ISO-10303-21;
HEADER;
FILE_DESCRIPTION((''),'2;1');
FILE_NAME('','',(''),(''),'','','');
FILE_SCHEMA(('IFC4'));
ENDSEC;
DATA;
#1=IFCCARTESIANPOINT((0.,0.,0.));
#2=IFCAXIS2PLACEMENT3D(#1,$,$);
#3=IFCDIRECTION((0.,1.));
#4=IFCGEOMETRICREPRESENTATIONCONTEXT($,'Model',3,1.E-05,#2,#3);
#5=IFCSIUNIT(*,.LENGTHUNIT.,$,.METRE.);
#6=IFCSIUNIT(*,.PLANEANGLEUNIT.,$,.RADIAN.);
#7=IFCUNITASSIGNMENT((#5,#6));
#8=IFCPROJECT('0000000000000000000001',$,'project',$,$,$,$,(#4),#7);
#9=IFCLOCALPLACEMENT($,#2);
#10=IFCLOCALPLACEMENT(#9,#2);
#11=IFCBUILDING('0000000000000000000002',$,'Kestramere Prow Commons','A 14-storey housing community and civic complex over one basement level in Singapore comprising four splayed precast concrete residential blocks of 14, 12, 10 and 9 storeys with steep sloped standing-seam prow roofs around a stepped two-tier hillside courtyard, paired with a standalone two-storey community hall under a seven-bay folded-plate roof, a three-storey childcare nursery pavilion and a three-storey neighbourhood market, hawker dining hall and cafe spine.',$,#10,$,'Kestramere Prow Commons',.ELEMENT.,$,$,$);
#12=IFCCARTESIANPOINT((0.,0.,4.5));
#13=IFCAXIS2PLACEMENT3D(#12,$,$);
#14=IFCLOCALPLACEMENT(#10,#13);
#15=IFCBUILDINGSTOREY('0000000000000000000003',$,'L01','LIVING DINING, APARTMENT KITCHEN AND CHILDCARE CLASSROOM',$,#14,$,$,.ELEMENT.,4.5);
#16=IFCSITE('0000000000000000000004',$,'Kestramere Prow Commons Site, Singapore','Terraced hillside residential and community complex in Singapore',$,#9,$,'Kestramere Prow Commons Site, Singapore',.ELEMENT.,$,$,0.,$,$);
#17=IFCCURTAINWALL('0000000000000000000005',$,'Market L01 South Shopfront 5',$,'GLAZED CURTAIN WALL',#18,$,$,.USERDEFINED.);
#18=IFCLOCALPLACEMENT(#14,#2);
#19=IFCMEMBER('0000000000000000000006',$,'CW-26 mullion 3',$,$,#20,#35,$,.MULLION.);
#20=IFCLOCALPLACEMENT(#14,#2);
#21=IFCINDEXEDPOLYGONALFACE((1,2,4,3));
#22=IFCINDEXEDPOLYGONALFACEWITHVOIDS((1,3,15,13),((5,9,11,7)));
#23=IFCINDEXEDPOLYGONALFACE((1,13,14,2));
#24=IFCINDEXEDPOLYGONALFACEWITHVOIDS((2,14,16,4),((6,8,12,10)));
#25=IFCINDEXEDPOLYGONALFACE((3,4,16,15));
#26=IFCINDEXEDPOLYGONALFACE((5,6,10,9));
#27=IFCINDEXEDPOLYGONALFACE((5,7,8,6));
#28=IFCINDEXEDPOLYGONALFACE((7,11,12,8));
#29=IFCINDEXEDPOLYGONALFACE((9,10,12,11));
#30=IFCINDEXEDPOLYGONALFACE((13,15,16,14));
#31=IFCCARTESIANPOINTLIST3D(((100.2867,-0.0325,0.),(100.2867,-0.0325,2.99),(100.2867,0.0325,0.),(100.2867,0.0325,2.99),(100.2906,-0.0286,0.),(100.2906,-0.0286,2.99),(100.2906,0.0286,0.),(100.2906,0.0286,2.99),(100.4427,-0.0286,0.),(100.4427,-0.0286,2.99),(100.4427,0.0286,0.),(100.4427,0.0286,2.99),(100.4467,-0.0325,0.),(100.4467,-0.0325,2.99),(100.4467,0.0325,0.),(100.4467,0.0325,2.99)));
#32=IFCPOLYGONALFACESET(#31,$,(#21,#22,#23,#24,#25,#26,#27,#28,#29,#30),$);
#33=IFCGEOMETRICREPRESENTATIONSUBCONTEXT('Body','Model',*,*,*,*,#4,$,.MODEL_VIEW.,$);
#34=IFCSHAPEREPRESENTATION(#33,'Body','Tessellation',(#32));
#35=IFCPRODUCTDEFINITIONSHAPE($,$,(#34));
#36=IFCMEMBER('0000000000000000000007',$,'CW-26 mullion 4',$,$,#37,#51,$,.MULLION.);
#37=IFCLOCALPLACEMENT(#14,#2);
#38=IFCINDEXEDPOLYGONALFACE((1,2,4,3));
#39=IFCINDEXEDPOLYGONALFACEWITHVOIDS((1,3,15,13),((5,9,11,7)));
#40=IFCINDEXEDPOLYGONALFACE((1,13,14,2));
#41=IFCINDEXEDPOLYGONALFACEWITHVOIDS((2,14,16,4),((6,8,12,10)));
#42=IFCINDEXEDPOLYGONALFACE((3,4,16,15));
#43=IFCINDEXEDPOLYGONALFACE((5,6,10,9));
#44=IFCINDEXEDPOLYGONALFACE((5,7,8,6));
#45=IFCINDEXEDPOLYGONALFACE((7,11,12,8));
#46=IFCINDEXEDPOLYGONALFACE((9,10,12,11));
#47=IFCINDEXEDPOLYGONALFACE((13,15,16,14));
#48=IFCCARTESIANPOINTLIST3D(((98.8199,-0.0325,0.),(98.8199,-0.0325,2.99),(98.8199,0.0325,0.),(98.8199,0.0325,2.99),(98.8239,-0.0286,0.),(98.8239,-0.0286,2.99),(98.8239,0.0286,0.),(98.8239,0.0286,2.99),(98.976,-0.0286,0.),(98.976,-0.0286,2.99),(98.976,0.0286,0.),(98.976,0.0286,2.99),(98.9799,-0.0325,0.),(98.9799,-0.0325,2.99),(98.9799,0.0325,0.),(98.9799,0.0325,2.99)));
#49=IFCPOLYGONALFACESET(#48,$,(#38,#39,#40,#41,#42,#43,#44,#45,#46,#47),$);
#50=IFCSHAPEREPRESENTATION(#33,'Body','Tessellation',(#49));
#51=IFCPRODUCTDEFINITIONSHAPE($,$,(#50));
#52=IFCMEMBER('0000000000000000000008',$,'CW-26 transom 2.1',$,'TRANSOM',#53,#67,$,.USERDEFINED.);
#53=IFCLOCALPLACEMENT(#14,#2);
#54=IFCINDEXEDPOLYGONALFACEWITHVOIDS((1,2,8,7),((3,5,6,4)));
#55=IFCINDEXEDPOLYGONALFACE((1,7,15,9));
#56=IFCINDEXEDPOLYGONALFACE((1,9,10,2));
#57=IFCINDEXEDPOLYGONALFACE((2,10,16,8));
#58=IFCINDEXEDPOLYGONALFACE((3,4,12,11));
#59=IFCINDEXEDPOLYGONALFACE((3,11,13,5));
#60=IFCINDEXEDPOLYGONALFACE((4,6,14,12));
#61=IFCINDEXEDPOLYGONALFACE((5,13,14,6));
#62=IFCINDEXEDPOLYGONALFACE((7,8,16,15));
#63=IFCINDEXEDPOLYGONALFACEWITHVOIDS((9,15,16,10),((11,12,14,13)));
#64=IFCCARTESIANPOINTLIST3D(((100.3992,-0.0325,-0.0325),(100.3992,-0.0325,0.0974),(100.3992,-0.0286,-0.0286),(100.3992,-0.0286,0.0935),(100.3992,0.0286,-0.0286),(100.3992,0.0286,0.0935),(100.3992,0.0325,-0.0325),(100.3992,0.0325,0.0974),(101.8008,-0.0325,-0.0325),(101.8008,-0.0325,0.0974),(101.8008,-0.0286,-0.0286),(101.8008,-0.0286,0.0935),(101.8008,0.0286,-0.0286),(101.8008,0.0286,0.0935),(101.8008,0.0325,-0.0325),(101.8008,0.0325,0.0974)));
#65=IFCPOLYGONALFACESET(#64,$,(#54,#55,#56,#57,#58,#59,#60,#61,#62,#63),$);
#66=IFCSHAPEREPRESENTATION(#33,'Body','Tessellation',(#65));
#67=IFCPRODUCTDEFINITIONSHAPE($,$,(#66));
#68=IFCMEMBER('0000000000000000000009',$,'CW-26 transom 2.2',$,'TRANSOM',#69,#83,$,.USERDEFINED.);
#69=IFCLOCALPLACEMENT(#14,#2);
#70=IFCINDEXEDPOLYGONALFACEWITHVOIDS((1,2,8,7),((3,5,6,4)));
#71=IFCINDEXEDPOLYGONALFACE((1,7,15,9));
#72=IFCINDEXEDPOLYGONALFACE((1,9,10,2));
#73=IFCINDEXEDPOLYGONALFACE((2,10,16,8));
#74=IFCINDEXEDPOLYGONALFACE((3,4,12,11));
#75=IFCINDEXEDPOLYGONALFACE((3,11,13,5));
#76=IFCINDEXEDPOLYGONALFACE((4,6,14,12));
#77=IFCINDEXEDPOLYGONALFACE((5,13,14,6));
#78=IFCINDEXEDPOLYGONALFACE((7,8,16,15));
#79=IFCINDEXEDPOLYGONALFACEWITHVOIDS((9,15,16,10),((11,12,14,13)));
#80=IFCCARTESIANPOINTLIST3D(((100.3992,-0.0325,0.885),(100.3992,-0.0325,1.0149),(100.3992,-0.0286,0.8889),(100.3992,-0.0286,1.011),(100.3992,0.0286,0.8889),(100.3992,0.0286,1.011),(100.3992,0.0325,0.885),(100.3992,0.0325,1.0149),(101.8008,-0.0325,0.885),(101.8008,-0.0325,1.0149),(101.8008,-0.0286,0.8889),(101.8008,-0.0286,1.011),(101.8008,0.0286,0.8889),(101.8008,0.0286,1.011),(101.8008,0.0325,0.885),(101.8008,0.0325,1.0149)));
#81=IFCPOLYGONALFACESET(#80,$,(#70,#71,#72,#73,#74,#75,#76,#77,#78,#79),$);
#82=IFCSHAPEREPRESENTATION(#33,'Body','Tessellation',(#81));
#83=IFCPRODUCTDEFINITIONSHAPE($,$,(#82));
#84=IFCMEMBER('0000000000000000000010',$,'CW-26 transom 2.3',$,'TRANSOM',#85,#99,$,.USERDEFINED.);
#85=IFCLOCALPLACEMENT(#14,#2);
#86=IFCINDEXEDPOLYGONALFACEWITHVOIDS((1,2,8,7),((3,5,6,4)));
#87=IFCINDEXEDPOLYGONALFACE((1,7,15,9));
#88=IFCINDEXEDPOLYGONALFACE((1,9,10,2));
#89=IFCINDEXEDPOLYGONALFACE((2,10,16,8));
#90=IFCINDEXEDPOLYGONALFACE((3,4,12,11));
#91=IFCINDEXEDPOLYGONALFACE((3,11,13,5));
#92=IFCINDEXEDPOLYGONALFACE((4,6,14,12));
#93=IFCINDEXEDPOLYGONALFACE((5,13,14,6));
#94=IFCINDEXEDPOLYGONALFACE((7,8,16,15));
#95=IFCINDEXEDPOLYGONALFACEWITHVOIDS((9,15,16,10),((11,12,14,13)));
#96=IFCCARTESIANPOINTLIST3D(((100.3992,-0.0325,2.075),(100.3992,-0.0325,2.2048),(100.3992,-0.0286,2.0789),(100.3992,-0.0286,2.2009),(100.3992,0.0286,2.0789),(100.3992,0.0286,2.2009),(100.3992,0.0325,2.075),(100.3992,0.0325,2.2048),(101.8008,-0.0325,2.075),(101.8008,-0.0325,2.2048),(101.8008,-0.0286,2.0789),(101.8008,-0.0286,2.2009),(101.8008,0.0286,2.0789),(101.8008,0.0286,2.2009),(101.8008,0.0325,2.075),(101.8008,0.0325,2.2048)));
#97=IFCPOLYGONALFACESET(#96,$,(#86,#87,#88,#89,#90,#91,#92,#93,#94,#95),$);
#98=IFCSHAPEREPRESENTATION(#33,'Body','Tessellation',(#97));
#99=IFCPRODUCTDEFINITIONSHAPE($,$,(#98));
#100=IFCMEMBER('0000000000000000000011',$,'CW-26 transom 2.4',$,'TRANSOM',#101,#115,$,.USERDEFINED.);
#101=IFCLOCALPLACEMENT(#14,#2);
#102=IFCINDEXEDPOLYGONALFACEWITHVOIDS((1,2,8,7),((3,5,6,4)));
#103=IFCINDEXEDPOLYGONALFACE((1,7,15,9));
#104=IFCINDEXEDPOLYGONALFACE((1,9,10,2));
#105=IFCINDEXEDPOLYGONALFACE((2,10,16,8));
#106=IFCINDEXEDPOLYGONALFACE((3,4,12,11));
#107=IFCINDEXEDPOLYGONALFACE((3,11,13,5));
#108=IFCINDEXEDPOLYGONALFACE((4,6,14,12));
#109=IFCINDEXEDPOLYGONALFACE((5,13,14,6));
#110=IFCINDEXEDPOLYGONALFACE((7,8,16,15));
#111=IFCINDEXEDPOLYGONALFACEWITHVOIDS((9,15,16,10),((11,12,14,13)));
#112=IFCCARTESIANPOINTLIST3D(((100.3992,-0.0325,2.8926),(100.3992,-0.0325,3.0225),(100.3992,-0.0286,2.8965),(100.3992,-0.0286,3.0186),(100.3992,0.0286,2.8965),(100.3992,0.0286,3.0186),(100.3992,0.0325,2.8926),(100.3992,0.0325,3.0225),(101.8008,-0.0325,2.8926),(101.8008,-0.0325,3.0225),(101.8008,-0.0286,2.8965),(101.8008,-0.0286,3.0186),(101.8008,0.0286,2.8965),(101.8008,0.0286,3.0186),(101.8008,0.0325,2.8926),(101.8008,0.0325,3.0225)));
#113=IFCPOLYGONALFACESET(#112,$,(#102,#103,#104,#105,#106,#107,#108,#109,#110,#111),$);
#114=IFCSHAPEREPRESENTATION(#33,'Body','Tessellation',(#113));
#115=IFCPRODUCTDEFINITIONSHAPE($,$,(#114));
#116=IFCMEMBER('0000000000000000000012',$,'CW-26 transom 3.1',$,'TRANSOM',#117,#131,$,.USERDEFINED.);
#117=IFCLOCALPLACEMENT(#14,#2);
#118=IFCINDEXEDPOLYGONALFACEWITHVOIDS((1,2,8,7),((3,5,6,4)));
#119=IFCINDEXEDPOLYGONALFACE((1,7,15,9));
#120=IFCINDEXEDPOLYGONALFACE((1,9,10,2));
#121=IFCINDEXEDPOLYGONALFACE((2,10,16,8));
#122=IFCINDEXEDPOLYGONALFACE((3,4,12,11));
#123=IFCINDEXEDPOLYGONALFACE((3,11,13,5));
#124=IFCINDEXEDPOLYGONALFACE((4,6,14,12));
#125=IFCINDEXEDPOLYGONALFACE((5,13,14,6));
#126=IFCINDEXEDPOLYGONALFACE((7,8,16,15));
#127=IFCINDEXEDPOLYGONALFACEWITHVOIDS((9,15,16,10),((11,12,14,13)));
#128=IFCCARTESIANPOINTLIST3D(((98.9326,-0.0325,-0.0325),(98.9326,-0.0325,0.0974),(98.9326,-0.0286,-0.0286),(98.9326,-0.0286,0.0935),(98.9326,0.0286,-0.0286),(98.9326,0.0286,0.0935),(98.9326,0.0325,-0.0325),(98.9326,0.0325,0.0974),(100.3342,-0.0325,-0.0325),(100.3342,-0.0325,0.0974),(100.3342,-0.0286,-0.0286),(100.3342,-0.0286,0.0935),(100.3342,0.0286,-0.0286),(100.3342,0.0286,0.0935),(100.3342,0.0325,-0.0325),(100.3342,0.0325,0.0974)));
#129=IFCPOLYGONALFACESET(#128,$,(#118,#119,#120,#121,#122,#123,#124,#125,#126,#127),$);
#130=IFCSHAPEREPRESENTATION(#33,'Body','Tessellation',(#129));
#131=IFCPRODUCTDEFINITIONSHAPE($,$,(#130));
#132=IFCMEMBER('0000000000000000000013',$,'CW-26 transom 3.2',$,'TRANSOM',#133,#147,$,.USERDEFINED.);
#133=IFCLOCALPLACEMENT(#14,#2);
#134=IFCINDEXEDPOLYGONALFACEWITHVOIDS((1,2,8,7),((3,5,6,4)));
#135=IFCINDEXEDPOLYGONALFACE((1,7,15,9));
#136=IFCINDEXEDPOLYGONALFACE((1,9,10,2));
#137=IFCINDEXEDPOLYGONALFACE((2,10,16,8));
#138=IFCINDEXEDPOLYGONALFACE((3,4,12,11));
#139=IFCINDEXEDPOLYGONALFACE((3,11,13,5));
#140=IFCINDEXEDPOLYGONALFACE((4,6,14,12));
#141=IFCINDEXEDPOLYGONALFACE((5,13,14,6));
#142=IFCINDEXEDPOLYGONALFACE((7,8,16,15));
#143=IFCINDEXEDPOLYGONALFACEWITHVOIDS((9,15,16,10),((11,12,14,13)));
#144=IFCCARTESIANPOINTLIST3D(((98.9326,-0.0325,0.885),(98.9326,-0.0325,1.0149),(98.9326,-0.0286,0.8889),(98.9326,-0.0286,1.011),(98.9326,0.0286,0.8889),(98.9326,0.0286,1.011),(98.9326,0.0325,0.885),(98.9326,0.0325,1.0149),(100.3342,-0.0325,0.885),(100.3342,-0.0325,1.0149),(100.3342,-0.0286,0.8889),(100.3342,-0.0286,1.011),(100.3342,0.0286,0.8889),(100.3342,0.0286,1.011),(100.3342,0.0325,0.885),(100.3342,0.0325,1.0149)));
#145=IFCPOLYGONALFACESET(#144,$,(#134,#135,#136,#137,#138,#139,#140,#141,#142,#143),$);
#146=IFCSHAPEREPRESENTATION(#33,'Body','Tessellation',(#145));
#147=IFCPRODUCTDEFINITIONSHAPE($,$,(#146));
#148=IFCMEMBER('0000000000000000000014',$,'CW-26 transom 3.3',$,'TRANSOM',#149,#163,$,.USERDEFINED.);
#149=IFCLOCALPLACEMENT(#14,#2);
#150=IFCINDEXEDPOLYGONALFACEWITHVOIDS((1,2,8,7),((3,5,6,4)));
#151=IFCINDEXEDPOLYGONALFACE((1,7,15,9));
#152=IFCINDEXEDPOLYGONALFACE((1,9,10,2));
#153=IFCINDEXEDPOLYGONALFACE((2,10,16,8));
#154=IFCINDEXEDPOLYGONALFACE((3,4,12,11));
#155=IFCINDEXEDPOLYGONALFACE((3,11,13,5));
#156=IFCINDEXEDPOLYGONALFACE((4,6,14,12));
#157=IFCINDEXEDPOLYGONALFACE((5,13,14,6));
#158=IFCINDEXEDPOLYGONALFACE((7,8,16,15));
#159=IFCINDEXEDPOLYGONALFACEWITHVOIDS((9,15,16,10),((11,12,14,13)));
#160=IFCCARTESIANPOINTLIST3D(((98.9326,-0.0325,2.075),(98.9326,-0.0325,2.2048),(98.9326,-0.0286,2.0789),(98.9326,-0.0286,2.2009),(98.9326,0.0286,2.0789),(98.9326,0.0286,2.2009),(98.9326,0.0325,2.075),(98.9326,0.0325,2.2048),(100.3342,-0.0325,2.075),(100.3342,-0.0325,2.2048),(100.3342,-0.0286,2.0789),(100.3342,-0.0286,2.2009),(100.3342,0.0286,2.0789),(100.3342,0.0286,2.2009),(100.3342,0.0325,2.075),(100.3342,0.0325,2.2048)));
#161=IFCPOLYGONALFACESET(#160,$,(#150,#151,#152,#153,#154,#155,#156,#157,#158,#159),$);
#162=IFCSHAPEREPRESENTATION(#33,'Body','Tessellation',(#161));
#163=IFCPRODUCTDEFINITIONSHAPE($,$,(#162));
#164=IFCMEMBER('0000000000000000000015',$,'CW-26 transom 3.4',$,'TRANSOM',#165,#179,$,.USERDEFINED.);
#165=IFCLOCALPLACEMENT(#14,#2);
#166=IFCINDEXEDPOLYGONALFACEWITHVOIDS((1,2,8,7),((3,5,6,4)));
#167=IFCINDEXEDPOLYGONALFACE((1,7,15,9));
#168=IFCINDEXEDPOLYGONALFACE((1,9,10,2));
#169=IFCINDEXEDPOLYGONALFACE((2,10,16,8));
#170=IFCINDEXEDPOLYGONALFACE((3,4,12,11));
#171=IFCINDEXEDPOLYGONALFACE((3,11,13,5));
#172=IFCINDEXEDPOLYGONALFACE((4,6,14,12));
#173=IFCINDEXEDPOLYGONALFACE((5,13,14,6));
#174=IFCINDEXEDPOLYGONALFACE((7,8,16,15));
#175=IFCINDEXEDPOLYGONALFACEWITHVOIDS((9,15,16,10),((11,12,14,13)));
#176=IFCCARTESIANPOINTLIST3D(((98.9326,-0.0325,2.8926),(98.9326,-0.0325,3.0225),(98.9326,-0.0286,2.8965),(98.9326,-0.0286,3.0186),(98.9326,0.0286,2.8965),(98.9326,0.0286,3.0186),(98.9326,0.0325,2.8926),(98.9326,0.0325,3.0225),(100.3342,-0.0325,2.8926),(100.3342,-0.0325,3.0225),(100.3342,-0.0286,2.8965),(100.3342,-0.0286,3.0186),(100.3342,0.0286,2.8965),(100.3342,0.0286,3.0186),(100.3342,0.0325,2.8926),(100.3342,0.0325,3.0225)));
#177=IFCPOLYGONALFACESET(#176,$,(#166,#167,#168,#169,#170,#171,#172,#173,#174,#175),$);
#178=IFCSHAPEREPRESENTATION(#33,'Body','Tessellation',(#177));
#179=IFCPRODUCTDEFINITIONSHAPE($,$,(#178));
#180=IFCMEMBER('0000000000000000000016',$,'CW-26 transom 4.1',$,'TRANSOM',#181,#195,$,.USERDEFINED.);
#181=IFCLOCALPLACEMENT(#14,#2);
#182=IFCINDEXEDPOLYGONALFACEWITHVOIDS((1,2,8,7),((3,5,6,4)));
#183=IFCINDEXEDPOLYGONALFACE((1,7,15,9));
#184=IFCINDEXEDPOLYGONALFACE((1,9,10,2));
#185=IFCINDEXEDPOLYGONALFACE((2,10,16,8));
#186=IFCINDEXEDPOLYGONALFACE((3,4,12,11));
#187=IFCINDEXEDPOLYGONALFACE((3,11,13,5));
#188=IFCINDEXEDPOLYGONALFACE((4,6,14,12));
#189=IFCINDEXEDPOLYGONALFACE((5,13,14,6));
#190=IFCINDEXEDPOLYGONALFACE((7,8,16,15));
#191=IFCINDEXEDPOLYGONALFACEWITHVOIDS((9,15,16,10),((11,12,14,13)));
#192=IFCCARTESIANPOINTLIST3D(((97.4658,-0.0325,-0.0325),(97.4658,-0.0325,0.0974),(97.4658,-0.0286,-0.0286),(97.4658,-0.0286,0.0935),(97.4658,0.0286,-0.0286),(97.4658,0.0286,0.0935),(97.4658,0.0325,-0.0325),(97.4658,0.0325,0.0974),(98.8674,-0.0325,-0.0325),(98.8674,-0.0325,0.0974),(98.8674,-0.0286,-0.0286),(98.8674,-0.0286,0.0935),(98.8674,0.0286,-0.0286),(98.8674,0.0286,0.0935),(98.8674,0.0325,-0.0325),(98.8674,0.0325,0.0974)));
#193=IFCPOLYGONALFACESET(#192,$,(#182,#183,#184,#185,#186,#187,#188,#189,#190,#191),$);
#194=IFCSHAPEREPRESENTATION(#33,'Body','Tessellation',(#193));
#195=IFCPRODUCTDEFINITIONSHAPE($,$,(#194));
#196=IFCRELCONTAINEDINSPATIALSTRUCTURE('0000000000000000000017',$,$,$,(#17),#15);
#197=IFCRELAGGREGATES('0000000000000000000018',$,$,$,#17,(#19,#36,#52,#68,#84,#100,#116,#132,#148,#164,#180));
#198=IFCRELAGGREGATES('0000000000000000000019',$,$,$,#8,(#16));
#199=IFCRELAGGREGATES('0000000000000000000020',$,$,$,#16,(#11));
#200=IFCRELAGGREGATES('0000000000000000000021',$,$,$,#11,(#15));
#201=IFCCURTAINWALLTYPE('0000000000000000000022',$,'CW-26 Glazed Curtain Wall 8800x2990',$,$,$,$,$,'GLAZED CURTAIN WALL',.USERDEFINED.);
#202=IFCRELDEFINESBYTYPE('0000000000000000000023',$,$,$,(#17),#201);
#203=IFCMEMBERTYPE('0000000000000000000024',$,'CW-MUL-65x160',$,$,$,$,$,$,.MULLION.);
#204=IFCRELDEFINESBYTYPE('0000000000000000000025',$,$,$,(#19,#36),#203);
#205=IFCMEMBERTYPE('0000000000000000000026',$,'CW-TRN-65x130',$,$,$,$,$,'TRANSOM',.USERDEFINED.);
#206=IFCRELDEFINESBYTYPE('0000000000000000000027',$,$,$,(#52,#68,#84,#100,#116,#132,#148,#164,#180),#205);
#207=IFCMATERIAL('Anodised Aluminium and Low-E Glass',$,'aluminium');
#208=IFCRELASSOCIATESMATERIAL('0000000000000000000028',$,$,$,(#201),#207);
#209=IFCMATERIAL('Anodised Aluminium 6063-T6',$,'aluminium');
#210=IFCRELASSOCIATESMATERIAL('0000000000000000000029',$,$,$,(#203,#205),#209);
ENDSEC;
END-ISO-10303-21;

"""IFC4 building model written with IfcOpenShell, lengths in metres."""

from ifc_helpers import new_model, si_unit, direction, frame, origin, origin_2d, place, context, subcontext, project, spatial, hollow_rectangle, extrude, material, material_profile, profile_set, type_object, element, aggregate, save


model = new_model("IFC4")

# Units and contexts
model_context = context("Model", 3, precision=1e-05, world=origin(), true_north=direction((0.0, 1.0)))
body_context = subcontext(model_context, "Body", "Model", "MODEL_VIEW")
ifc_project = project(units=[si_unit("LENGTHUNIT", "METRE"), si_unit("PLANEANGLEUNIT", "RADIAN")], contexts=[model_context])

# Site, building, storey
site_placement = place(None, origin())
site = spatial("IfcSite", under=ifc_project, at=site_placement, Name="Kestramere Prow Commons Site, Singapore", Description="Terraced hillside residential and community complex in Singapore", LongName="Kestramere Prow Commons Site, Singapore", CompositionType="ELEMENT", RefElevation=0.0)
building_placement = place(site_placement, origin())
building = spatial("IfcBuilding", under=site, at=building_placement, Name="Kestramere Prow Commons", Description="A 14-storey housing community and civic complex over one basement level in Singapore comprising four splayed precast concrete residential blocks of 14, 12, 10 and 9 storeys with steep sloped standing-seam prow roofs around a stepped two-tier hillside courtyard, paired with a standalone two-storey community hall under a seven-bay folded-plate roof, a three-storey childcare nursery pavilion and a three-storey neighbourhood market, hawker dining hall and cafe spine.", LongName="Kestramere Prow Commons", CompositionType="ELEMENT")
storey_placement = place(building_placement, frame((0.0, 0.0, 4.5)))
storey = spatial("IfcBuildingStorey", under=building, at=storey_placement, Name="L01", Description="LIVING DINING, APARTMENT KITCHEN AND CHILDCARE CLASSROOM", CompositionType="ELEMENT", Elevation=4.5)

# Curtain wall, members
ifc_material_1 = material(Name="Anodised Aluminium and Low-E Glass", Category="aluminium")
curtain_wall_type = type_object("IfcCurtainWallType", Name="CW-26 Glazed Curtain Wall 8800x2990", ElementType="GLAZED CURTAIN WALL", PredefinedType="USERDEFINED", material=ifc_material_1)
curtain_wall_placement = place(storey_placement, origin())
curtain_wall = element("IfcCurtainWall", 1, at=curtain_wall_placement, inside=storey, type_object=curtain_wall_type, Name="Market L01 South Shopfront 5", ObjectType="GLAZED CURTAIN WALL", PredefinedType="USERDEFINED")
ifc_material_2 = material(Name="Anodised Aluminium 6063-T6", Category="aluminium")
ifc_material_profile_1 = material_profile(ifc_material_2, hollow_rectangle(XDim=0.0649, YDim=0.1599, WallThickness=0.0039, at=origin_2d()), Name="ALU-MUL 65x160")
ifc_profile_set_1 = profile_set([ifc_material_profile_1], Name="Anodised Aluminium 6063-T6")
member_type_1 = type_object("IfcMemberType", Name="CW-MUL-65x160", PredefinedType="MULLION", material=ifc_profile_set_1)
member_1_placement = place(storey_placement, frame((100.3667, 0.0, 0.0), z_axis=(0.0, 0.0, 1.0), x_axis=(0.0, -1.0, 0.0)))
member_1 = element("IfcMember", 2, at=member_1_placement, type_object=member_type_1, Name="CW-26 mullion 3", PredefinedType="MULLION", context=body_context, shape_type="SweptSolid", body=[
    extrude(hollow_rectangle(XDim=0.0649, YDim=0.1599, WallThickness=0.0039, at=origin_2d()), origin(), (0.0, 0.0, 1.0), 2.99),
])
member_2_placement = place(storey_placement, frame((98.8999, 0.0, 0.0), z_axis=(0.0, 0.0, 1.0), x_axis=(0.0, -1.0, 0.0)))
member_2 = element("IfcMember", 3, at=member_2_placement, type_object=member_type_1, Name="CW-26 mullion 4", PredefinedType="MULLION", context=body_context, shape_type="SweptSolid", body=[
    extrude(hollow_rectangle(XDim=0.0649, YDim=0.1599, WallThickness=0.0039, at=origin_2d()), origin(), (0.0, 0.0, 1.0), 2.99),
])
ifc_material_profile_2 = material_profile(ifc_material_2, hollow_rectangle(XDim=0.0649, YDim=0.1299, WallThickness=0.0039, at=origin_2d()), Name="ALU-TRN 65x130")
ifc_profile_set_2 = profile_set([ifc_material_profile_2], Name="Anodised Aluminium 6063-T6")
member_type_2 = type_object("IfcMemberType", Name="CW-TRN-65x130", ElementType="TRANSOM", PredefinedType="USERDEFINED", material=ifc_profile_set_2)
member_3_placement = place(storey_placement, frame((101.8008, 0.0, 0.0325), z_axis=(-1.0, 0.0, 0.0), x_axis=(0.0, -1.0, 0.0)))
member_3 = element("IfcMember", 4, at=member_3_placement, type_object=member_type_2, Name="CW-26 transom 2.1", ObjectType="TRANSOM", PredefinedType="USERDEFINED", context=body_context, shape_type="SweptSolid", body=[
    extrude(hollow_rectangle(XDim=0.0649, YDim=0.1299, WallThickness=0.0039, at=origin_2d()), origin(), (0.0, 0.0, 1.0), 1.4016),
])
member_4_placement = place(storey_placement, frame((101.8008, 0.0, 0.95), z_axis=(-1.0, 0.0, 0.0), x_axis=(0.0, -1.0, 0.0)))
member_4 = element("IfcMember", 5, at=member_4_placement, type_object=member_type_2, Name="CW-26 transom 2.2", ObjectType="TRANSOM", PredefinedType="USERDEFINED", context=body_context, shape_type="SweptSolid", body=[
    extrude(hollow_rectangle(XDim=0.0649, YDim=0.1299, WallThickness=0.0039, at=origin_2d()), origin(), (0.0, 0.0, 1.0), 1.4016),
])
member_5_placement = place(storey_placement, frame((101.8008, 0.0, 2.1399), z_axis=(-1.0, 0.0, 0.0), x_axis=(0.0, -1.0, 0.0)))
member_5 = element("IfcMember", 6, at=member_5_placement, type_object=member_type_2, Name="CW-26 transom 2.3", ObjectType="TRANSOM", PredefinedType="USERDEFINED", context=body_context, shape_type="SweptSolid", body=[
    extrude(hollow_rectangle(XDim=0.0649, YDim=0.1299, WallThickness=0.0039, at=origin_2d()), origin(), (0.0, 0.0, 1.0), 1.4016),
])
member_6_placement = place(storey_placement, frame((101.8008, 0.0, 2.9575), z_axis=(-1.0, 0.0, 0.0), x_axis=(0.0, -1.0, 0.0)))
member_6 = element("IfcMember", 7, at=member_6_placement, type_object=member_type_2, Name="CW-26 transom 2.4", ObjectType="TRANSOM", PredefinedType="USERDEFINED", context=body_context, shape_type="SweptSolid", body=[
    extrude(hollow_rectangle(XDim=0.0649, YDim=0.1299, WallThickness=0.0039, at=origin_2d()), origin(), (0.0, 0.0, 1.0), 1.4016),
])
member_7_placement = place(storey_placement, frame((100.3342, 0.0, 0.0325), z_axis=(-1.0, 0.0, 0.0), x_axis=(0.0, -1.0, 0.0)))
member_7 = element("IfcMember", 8, at=member_7_placement, type_object=member_type_2, Name="CW-26 transom 3.1", ObjectType="TRANSOM", PredefinedType="USERDEFINED", context=body_context, shape_type="SweptSolid", body=[
    extrude(hollow_rectangle(XDim=0.0649, YDim=0.1299, WallThickness=0.0039, at=origin_2d()), origin(), (0.0, 0.0, 1.0), 1.4016),
])
member_8_placement = place(storey_placement, frame((100.3342, 0.0, 0.95), z_axis=(-1.0, 0.0, 0.0), x_axis=(0.0, -1.0, 0.0)))
member_8 = element("IfcMember", 9, at=member_8_placement, type_object=member_type_2, Name="CW-26 transom 3.2", ObjectType="TRANSOM", PredefinedType="USERDEFINED", context=body_context, shape_type="SweptSolid", body=[
    extrude(hollow_rectangle(XDim=0.0649, YDim=0.1299, WallThickness=0.0039, at=origin_2d()), origin(), (0.0, 0.0, 1.0), 1.4016),
])
member_9_placement = place(storey_placement, frame((100.3342, 0.0, 2.1399), z_axis=(-1.0, 0.0, 0.0), x_axis=(0.0, -1.0, 0.0)))
member_9 = element("IfcMember", 10, at=member_9_placement, type_object=member_type_2, Name="CW-26 transom 3.3", ObjectType="TRANSOM", PredefinedType="USERDEFINED", context=body_context, shape_type="SweptSolid", body=[
    extrude(hollow_rectangle(XDim=0.0649, YDim=0.1299, WallThickness=0.0039, at=origin_2d()), origin(), (0.0, 0.0, 1.0), 1.4016),
])
member_10_placement = place(storey_placement, frame((100.3342, 0.0, 2.9575), z_axis=(-1.0, 0.0, 0.0), x_axis=(0.0, -1.0, 0.0)))
member_10 = element("IfcMember", 11, at=member_10_placement, type_object=member_type_2, Name="CW-26 transom 3.4", ObjectType="TRANSOM", PredefinedType="USERDEFINED", context=body_context, shape_type="SweptSolid", body=[
    extrude(hollow_rectangle(XDim=0.0649, YDim=0.1299, WallThickness=0.0039, at=origin_2d()), origin(), (0.0, 0.0, 1.0), 1.4016),
])
member_11_placement = place(storey_placement, frame((98.8674, 0.0, 0.0325), z_axis=(-1.0, 0.0, 0.0), x_axis=(0.0, -1.0, 0.0)))
member_11 = element("IfcMember", 12, at=member_11_placement, type_object=member_type_2, Name="CW-26 transom 4.1", ObjectType="TRANSOM", PredefinedType="USERDEFINED", context=body_context, shape_type="SweptSolid", body=[
    extrude(hollow_rectangle(XDim=0.0649, YDim=0.1299, WallThickness=0.0039, at=origin_2d()), origin(), (0.0, 0.0, 1.0), 1.4016),
])
aggregate(curtain_wall, [member_1, member_2, member_3, member_4, member_5, member_6, member_7, member_8, member_9, member_10, member_11])

save(model, "model.ifc")
